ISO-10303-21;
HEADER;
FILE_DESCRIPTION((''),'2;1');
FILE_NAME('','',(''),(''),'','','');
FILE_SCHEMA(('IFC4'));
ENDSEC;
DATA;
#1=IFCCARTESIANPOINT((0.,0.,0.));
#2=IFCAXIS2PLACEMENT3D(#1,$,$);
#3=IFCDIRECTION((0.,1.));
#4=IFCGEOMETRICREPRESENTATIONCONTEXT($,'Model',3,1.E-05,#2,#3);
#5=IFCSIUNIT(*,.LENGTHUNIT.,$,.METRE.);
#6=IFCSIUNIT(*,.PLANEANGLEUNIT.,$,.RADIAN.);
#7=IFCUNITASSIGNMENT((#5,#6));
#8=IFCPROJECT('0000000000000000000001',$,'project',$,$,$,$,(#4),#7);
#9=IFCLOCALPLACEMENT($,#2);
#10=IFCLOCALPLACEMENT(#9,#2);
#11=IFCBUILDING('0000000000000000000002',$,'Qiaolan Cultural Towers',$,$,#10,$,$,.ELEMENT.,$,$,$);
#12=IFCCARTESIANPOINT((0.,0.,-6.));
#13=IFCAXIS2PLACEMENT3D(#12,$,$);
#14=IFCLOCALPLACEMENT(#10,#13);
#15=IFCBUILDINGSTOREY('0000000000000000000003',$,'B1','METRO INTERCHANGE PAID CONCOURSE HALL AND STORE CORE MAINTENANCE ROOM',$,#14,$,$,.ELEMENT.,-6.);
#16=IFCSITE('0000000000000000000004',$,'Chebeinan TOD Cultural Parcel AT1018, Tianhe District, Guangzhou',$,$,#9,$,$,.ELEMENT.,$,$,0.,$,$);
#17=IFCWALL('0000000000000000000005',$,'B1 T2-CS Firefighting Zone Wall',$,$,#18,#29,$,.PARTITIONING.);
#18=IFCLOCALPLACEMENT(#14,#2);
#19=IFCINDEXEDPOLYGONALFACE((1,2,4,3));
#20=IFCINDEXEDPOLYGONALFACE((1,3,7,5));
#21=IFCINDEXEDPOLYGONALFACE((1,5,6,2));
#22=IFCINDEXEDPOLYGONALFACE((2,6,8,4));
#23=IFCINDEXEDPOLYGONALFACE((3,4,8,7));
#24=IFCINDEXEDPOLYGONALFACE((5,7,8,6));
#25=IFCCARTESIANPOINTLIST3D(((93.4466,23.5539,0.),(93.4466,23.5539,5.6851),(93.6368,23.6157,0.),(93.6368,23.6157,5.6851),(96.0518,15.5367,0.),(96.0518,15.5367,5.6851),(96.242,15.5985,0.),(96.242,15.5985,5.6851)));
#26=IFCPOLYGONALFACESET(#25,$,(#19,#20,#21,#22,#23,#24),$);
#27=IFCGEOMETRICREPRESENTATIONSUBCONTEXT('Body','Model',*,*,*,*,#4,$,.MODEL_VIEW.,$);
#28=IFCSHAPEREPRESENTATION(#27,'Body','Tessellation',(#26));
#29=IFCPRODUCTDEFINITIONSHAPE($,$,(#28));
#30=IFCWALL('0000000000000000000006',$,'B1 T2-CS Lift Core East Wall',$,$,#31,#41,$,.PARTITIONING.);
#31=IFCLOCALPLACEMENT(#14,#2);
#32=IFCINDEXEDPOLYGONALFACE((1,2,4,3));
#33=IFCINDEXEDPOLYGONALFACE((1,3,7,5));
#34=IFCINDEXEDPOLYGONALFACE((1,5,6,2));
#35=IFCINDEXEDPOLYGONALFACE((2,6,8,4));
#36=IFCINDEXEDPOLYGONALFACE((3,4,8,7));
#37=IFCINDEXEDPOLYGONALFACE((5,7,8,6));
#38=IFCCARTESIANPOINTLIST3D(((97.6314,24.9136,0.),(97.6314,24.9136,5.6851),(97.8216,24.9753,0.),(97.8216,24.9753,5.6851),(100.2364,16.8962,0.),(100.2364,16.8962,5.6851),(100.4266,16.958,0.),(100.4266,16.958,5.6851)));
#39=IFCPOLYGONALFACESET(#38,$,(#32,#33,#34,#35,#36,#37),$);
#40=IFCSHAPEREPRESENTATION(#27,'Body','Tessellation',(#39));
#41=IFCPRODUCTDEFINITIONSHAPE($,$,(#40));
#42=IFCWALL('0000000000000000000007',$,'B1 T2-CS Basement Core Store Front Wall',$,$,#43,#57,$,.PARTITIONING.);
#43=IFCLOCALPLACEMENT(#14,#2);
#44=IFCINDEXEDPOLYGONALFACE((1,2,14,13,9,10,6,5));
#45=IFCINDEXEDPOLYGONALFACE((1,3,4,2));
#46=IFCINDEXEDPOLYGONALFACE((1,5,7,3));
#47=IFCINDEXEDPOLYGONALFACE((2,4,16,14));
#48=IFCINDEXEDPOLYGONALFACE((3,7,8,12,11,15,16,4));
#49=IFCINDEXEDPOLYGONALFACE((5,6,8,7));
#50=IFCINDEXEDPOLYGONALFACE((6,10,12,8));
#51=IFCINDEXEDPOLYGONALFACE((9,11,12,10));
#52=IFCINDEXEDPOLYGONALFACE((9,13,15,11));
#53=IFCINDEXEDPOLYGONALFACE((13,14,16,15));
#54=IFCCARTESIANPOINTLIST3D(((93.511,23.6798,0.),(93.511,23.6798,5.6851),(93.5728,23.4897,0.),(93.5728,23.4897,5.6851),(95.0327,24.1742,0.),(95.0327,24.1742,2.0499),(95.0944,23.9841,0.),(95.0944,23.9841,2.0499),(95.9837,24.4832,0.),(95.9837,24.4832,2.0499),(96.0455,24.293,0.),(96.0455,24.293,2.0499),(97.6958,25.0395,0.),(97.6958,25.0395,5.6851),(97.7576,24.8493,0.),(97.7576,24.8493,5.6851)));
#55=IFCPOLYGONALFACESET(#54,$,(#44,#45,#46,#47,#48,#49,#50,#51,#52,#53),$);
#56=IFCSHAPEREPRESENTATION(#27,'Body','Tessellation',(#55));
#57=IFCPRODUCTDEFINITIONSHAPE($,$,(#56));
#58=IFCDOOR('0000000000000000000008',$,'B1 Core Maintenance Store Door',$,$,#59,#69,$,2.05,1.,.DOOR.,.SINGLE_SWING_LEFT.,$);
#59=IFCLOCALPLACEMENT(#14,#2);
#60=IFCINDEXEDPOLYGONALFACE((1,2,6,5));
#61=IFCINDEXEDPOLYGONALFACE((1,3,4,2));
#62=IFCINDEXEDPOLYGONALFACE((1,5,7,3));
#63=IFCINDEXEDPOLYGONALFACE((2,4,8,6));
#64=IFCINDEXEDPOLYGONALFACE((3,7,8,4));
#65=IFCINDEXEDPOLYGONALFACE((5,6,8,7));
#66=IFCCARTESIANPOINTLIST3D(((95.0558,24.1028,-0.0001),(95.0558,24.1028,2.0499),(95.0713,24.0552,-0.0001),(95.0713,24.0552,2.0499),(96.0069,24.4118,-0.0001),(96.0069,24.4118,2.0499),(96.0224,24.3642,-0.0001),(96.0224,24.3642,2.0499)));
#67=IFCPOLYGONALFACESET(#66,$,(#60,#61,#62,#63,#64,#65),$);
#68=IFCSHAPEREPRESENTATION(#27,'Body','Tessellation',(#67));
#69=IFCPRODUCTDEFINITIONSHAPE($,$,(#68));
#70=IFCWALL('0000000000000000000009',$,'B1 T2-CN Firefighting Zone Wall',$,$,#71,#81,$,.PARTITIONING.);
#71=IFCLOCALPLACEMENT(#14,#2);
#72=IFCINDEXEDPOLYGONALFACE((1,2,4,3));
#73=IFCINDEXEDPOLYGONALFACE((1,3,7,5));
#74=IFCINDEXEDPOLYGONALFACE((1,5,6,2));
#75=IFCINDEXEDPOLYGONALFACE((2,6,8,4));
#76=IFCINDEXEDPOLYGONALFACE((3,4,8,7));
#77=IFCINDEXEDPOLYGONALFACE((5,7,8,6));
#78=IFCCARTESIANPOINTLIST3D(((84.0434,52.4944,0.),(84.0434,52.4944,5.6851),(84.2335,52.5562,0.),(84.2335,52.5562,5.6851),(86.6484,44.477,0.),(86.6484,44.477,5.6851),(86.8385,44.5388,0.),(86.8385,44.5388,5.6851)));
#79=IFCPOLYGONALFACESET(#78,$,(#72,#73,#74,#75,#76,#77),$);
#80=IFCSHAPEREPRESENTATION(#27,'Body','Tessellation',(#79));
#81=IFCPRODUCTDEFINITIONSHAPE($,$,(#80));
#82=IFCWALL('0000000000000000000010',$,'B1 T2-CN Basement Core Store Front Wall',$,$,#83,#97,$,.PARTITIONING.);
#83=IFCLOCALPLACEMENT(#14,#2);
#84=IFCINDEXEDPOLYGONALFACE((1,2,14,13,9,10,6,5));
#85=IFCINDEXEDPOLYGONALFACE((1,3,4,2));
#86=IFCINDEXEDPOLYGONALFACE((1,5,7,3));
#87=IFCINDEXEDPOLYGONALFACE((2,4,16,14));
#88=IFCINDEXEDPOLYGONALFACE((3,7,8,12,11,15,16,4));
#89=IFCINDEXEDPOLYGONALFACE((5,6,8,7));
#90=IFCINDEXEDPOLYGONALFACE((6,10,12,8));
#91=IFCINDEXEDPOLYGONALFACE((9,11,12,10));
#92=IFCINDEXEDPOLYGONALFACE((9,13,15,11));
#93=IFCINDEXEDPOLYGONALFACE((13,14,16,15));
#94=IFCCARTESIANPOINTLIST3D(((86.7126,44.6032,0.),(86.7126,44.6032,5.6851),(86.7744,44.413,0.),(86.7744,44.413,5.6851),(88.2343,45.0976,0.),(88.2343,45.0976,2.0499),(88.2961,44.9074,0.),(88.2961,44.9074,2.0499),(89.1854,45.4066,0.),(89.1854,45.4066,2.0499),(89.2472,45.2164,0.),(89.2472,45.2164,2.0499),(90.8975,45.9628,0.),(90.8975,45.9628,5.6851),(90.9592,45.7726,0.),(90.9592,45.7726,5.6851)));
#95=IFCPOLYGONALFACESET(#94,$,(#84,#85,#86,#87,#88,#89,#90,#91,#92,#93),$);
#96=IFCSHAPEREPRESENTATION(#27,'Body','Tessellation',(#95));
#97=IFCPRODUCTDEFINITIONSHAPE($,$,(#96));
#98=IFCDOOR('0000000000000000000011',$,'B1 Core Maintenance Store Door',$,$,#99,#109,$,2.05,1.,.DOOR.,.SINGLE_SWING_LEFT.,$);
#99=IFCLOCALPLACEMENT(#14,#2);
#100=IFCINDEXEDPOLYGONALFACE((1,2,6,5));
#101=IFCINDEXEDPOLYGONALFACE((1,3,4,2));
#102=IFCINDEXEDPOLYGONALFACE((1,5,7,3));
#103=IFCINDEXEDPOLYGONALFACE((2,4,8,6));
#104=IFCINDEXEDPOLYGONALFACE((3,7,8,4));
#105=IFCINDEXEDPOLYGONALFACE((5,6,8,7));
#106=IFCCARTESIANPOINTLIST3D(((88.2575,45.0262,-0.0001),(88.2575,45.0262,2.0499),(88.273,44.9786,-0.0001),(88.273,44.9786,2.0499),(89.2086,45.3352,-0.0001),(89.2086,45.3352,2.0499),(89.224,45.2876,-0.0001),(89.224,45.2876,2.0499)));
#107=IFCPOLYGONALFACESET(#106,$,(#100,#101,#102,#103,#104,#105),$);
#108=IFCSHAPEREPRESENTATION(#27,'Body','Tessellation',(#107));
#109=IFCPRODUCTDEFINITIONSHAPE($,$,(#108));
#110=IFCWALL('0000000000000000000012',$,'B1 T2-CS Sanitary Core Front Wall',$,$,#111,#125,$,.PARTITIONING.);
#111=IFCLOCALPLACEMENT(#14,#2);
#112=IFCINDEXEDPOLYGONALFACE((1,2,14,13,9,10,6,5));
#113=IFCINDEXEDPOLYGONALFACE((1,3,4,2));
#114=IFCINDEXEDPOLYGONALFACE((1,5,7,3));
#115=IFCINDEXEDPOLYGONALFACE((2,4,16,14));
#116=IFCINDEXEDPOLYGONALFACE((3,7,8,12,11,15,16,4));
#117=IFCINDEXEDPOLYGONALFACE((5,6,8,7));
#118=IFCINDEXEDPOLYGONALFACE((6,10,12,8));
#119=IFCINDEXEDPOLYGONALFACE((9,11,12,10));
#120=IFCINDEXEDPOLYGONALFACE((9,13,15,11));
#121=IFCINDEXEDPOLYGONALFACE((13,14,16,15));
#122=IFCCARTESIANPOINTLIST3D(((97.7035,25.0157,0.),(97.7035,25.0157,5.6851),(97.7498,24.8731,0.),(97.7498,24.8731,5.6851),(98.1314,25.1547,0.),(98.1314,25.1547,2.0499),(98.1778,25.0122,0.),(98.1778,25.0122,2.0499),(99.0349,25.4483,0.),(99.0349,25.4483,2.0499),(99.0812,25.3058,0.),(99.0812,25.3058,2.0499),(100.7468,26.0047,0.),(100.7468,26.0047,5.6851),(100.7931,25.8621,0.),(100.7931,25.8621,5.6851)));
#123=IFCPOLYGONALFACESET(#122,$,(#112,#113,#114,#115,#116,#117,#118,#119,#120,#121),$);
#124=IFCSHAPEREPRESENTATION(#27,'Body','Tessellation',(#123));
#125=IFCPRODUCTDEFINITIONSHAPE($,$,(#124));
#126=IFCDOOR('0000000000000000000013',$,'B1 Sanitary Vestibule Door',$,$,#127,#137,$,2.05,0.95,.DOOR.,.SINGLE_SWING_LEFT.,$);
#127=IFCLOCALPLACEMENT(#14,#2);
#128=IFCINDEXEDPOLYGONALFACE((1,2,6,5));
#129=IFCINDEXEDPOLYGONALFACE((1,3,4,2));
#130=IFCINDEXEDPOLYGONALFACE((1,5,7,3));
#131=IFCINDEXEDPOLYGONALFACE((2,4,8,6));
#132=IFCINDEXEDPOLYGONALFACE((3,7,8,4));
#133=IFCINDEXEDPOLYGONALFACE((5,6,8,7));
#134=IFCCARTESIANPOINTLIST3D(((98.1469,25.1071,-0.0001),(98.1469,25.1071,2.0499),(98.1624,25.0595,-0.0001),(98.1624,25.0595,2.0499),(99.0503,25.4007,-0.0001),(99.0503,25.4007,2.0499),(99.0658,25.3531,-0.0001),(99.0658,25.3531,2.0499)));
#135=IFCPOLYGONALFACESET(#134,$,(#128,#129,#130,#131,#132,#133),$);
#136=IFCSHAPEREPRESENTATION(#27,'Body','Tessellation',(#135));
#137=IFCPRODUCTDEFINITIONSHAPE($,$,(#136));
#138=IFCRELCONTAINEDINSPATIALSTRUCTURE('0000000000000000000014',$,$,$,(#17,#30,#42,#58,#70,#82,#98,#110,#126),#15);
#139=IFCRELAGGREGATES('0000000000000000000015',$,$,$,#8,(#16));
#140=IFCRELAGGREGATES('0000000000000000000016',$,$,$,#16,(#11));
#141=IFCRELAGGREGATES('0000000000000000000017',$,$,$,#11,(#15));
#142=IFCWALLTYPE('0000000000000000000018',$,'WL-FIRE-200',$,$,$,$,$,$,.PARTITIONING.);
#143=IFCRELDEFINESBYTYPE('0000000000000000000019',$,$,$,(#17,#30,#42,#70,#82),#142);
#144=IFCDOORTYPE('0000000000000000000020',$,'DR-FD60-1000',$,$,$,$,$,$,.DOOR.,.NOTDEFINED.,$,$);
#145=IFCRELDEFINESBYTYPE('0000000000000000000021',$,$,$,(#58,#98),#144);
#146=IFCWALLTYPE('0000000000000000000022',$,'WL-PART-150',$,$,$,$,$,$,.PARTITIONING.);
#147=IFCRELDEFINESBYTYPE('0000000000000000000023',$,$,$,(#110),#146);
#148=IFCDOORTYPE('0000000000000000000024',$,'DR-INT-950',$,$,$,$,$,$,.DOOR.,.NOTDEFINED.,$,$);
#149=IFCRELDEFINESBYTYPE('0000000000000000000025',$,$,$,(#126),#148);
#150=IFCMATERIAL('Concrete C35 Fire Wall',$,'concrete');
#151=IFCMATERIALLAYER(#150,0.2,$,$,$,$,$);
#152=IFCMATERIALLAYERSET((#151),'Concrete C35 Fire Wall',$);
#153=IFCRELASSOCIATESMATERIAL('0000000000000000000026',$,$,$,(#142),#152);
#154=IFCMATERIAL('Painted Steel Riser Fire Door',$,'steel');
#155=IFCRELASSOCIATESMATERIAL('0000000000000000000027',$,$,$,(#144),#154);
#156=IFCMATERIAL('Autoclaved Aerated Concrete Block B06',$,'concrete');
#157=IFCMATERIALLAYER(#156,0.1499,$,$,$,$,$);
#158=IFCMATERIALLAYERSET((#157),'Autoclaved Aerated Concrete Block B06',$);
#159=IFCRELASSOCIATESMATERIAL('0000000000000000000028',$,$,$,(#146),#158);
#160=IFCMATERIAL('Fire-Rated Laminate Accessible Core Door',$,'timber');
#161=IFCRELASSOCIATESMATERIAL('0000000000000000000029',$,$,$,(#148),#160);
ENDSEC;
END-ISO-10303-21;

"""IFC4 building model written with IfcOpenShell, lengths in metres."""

from ifc_helpers import new_model, si_unit, direction, frame, frame_2d, origin, place, context, subcontext, project, spatial, rectangle, extrude, material, layer, layer_set, type_object, element, fill, save


model = new_model("IFC4")

# Units and contexts
model_context = context("Model", 3, precision=1e-05, world=origin(), true_north=direction((0.0, 1.0)))
body_context = subcontext(model_context, "Body", "Model", "MODEL_VIEW")
ifc_project = project(units=[si_unit("LENGTHUNIT", "METRE"), si_unit("PLANEANGLEUNIT", "RADIAN")], contexts=[model_context])

# Site, building, storey
site_placement = place(None, origin())
site = spatial("IfcSite", under=ifc_project, at=site_placement, Name="Chebeinan TOD Cultural Parcel AT1018, Tianhe District, Guangzhou", CompositionType="ELEMENT", RefElevation=0.0)
building_placement = place(site_placement, origin())
building = spatial("IfcBuilding", under=site, at=building_placement, Name="Qiaolan Cultural Towers", CompositionType="ELEMENT")
storey_placement = place(building_placement, frame((0.0, 0.0, -6.0)))
storey = spatial("IfcBuildingStorey", under=building, at=storey_placement, Name="B1", Description="METRO INTERCHANGE PAID CONCOURSE HALL AND STORE CORE MAINTENANCE ROOM", CompositionType="ELEMENT", Elevation=-6.0)

# Walls
ifc_material_1 = material(Name="Concrete C35 Fire Wall", Category="concrete")
ifc_layer_1 = layer(ifc_material_1, 0.2)
ifc_layer_set_1 = layer_set([ifc_layer_1], Name="Concrete C35 Fire Wall")
wall_type_1 = type_object("IfcWallType", Name="WL-FIRE-200", PredefinedType="PARTITIONING", material=ifc_layer_set_1)
for number, where, z_axis, x_axis, name in (
    (1, (93.5417, 23.5847, 0.0), (0.0, 0.0, 1.0), (0.309042, -0.951048, 0.0), "B1 T2-CS Firefighting Zone Wall"),
    (2, (97.7266, 24.9443, 0.0), (0.0, 0.0, 1.0), (0.309016, -0.951057, 0.0), "B1 T2-CS Lift Core East Wall"),
):
    element("IfcWall", number, at=place(storey_placement, frame(where, z_axis=z_axis, x_axis=x_axis)), inside=storey, type_object=wall_type_1, Name=name, PredefinedType="PARTITIONING", context=body_context, shape_type="SweptSolid", body=[
        extrude(rectangle(XDim=8.4299, YDim=0.2, at=frame_2d((4.2148, 0.0))), origin(), (0.0, 0.0, 1.0), 5.6851),
    ])

# Wall, opening, door
wall_1_placement = place(storey_placement, frame((93.5417, 23.5847, 0.0), z_axis=(0.0, 0.0, 1.0), x_axis=(0.951064, 0.308994, 0.0)))
wall_1 = element("IfcWall", 3, at=wall_1_placement, inside=storey, type_object=wall_type_1, Name="B1 T2-CS Basement Core Store Front Wall", PredefinedType="PARTITIONING", context=body_context, shape_type="SweptSolid", body=[
    extrude(rectangle(XDim=4.4001, YDim=0.2, at=frame_2d((2.2002, 0.0))), origin(), (0.0, 0.0, 1.0), 5.6851),
])
opening_1_placement = place(wall_1_placement, frame((1.6001, 0.0, 0.0)))
opening_1 = element("IfcOpeningElement", 4, at=opening_1_placement, cuts=wall_1, PredefinedType="OPENING", context=body_context, shape_type="SweptSolid", body=[
    extrude(rectangle(XDim=1.0, YDim=2.05, at=frame_2d((0.5, 1.0249))), frame((0.0, 0.1099, 0.0), z_axis=(0.0, -1.0, 0.0), x_axis=(1.0, 0.0, 0.0)), (0.0, 0.0, 1.0), 0.22),
])
ifc_material_2 = material(Name="Painted Steel Riser Fire Door", Category="steel")
door_type_1 = type_object("IfcDoorType", Name="DR-FD60-1000", OperationType="NOTDEFINED", PredefinedType="DOOR", material=ifc_material_2)
door_1_placement = place(opening_1_placement, origin())
door_1 = element("IfcDoor", 5, at=door_1_placement, inside=storey, type_object=door_type_1, Name="B1 Core Maintenance Store Door", OperationType="SINGLE_SWING_LEFT", OverallHeight=2.05, OverallWidth=1.0, PredefinedType="DOOR", context=body_context, shape_type="SweptSolid", body=[
    extrude(rectangle(XDim=1.0, YDim=2.05, at=frame_2d((0.5, 1.0249))), frame((0.0, 0.0249, 0.0), z_axis=(0.0, -1.0, 0.0), x_axis=(1.0, 0.0, 0.0)), (0.0, 0.0, 1.0), 0.05),
])
fill(opening_1, door_1)

# Wall
wall_2_placement = place(storey_placement, frame((86.7434, 44.5081, 0.0), z_axis=(0.0, 0.0, 1.0), x_axis=(-0.309016, 0.951057, 0.0)))
element("IfcWall", 6, at=wall_2_placement, inside=storey, type_object=wall_type_1, Name="B1 T2-CN Firefighting Zone Wall", PredefinedType="PARTITIONING", context=body_context, shape_type="SweptSolid", body=[
    extrude(rectangle(XDim=8.4299, YDim=0.2, at=frame_2d((4.2148, 0.0))), origin(), (0.0, 0.0, 1.0), 5.6851),
])

# Walls, openings, doors
wall_3_placement = place(storey_placement, frame((86.7434, 44.5081, 0.0), z_axis=(0.0, 0.0, 1.0), x_axis=(0.951064, 0.308994, 0.0)))
wall_3 = element("IfcWall", 7, at=wall_3_placement, inside=storey, type_object=wall_type_1, Name="B1 T2-CN Basement Core Store Front Wall", PredefinedType="PARTITIONING", context=body_context, shape_type="SweptSolid", body=[
    extrude(rectangle(XDim=4.4001, YDim=0.2, at=frame_2d((2.2002, 0.0))), origin(), (0.0, 0.0, 1.0), 5.6851),
])
opening_2_placement = place(wall_3_placement, frame((1.6001, 0.0, 0.0)))
opening_2 = element("IfcOpeningElement", 8, at=opening_2_placement, cuts=wall_3, PredefinedType="OPENING", context=body_context, shape_type="SweptSolid", body=[
    extrude(rectangle(XDim=1.0, YDim=2.05, at=frame_2d((0.5, 1.0249))), frame((0.0, 0.1099, 0.0), z_axis=(0.0, -1.0, 0.0), x_axis=(1.0, 0.0, 0.0)), (0.0, 0.0, 1.0), 0.22),
])
door_2_placement = place(opening_2_placement, origin())
door_2 = element("IfcDoor", 9, at=door_2_placement, inside=storey, type_object=door_type_1, Name="B1 Core Maintenance Store Door", OperationType="SINGLE_SWING_LEFT", OverallHeight=2.05, OverallWidth=1.0, PredefinedType="DOOR", context=body_context, shape_type="SweptSolid", body=[
    extrude(rectangle(XDim=1.0, YDim=2.05, at=frame_2d((0.5, 1.0249))), frame((0.0, 0.0249, 0.0), z_axis=(0.0, -1.0, 0.0), x_axis=(1.0, 0.0, 0.0)), (0.0, 0.0, 1.0), 0.05),
])
fill(opening_2, door_2)
ifc_material_3 = material(Name="Autoclaved Aerated Concrete Block B06", Category="concrete")
ifc_layer_2 = layer(ifc_material_3, 0.1499)
ifc_layer_set_2 = layer_set([ifc_layer_2], Name="Autoclaved Aerated Concrete Block B06")
wall_type_2 = type_object("IfcWallType", Name="WL-PART-150", PredefinedType="PARTITIONING", material=ifc_layer_set_2)
wall_4_placement = place(storey_placement, frame((97.7266, 24.9443, 0.0), z_axis=(0.0, 0.0, 1.0), x_axis=(0.951037, 0.309077, 0.0)))
wall_4 = element("IfcWall", 10, at=wall_4_placement, inside=storey, type_object=wall_type_2, Name="B1 T2-CS Sanitary Core Front Wall", PredefinedType="PARTITIONING", context=body_context, shape_type="SweptSolid", body=[
    extrude(rectangle(XDim=3.2, YDim=0.1499, at=frame_2d((1.6001, 0.0))), origin(), (0.0, 0.0, 1.0), 5.6851),
])
opening_3_placement = place(wall_4_placement, frame((0.45, 0.0, 0.0)))
opening_3 = element("IfcOpeningElement", 11, at=opening_3_placement, cuts=wall_4, PredefinedType="OPENING", context=body_context, shape_type="SweptSolid", body=[
    extrude(rectangle(XDim=0.95, YDim=2.05, at=frame_2d((0.4751, 1.0249))), frame((0.0, 0.085, 0.0), z_axis=(0.0, -1.0, 0.0), x_axis=(1.0, 0.0, 0.0)), (0.0, 0.0, 1.0), 0.1699),
])
ifc_material_4 = material(Name="Fire-Rated Laminate Accessible Core Door", Category="timber")
door_type_2 = type_object("IfcDoorType", Name="DR-INT-950", OperationType="NOTDEFINED", PredefinedType="DOOR", material=ifc_material_4)
door_3_placement = place(opening_3_placement, origin())
door_3 = element("IfcDoor", 12, at=door_3_placement, inside=storey, type_object=door_type_2, Name="B1 Sanitary Vestibule Door", OperationType="SINGLE_SWING_LEFT", OverallHeight=2.05, OverallWidth=0.95, PredefinedType="DOOR", context=body_context, shape_type="SweptSolid", body=[
    extrude(rectangle(XDim=0.95, YDim=2.05, at=frame_2d((0.4751, 1.0249))), frame((0.0, 0.0249, 0.0), z_axis=(0.0, -1.0, 0.0), x_axis=(1.0, 0.0, 0.0)), (0.0, 0.0, 1.0), 0.05),
])
fill(opening_3, door_3)

save(model, "model.ifc")
